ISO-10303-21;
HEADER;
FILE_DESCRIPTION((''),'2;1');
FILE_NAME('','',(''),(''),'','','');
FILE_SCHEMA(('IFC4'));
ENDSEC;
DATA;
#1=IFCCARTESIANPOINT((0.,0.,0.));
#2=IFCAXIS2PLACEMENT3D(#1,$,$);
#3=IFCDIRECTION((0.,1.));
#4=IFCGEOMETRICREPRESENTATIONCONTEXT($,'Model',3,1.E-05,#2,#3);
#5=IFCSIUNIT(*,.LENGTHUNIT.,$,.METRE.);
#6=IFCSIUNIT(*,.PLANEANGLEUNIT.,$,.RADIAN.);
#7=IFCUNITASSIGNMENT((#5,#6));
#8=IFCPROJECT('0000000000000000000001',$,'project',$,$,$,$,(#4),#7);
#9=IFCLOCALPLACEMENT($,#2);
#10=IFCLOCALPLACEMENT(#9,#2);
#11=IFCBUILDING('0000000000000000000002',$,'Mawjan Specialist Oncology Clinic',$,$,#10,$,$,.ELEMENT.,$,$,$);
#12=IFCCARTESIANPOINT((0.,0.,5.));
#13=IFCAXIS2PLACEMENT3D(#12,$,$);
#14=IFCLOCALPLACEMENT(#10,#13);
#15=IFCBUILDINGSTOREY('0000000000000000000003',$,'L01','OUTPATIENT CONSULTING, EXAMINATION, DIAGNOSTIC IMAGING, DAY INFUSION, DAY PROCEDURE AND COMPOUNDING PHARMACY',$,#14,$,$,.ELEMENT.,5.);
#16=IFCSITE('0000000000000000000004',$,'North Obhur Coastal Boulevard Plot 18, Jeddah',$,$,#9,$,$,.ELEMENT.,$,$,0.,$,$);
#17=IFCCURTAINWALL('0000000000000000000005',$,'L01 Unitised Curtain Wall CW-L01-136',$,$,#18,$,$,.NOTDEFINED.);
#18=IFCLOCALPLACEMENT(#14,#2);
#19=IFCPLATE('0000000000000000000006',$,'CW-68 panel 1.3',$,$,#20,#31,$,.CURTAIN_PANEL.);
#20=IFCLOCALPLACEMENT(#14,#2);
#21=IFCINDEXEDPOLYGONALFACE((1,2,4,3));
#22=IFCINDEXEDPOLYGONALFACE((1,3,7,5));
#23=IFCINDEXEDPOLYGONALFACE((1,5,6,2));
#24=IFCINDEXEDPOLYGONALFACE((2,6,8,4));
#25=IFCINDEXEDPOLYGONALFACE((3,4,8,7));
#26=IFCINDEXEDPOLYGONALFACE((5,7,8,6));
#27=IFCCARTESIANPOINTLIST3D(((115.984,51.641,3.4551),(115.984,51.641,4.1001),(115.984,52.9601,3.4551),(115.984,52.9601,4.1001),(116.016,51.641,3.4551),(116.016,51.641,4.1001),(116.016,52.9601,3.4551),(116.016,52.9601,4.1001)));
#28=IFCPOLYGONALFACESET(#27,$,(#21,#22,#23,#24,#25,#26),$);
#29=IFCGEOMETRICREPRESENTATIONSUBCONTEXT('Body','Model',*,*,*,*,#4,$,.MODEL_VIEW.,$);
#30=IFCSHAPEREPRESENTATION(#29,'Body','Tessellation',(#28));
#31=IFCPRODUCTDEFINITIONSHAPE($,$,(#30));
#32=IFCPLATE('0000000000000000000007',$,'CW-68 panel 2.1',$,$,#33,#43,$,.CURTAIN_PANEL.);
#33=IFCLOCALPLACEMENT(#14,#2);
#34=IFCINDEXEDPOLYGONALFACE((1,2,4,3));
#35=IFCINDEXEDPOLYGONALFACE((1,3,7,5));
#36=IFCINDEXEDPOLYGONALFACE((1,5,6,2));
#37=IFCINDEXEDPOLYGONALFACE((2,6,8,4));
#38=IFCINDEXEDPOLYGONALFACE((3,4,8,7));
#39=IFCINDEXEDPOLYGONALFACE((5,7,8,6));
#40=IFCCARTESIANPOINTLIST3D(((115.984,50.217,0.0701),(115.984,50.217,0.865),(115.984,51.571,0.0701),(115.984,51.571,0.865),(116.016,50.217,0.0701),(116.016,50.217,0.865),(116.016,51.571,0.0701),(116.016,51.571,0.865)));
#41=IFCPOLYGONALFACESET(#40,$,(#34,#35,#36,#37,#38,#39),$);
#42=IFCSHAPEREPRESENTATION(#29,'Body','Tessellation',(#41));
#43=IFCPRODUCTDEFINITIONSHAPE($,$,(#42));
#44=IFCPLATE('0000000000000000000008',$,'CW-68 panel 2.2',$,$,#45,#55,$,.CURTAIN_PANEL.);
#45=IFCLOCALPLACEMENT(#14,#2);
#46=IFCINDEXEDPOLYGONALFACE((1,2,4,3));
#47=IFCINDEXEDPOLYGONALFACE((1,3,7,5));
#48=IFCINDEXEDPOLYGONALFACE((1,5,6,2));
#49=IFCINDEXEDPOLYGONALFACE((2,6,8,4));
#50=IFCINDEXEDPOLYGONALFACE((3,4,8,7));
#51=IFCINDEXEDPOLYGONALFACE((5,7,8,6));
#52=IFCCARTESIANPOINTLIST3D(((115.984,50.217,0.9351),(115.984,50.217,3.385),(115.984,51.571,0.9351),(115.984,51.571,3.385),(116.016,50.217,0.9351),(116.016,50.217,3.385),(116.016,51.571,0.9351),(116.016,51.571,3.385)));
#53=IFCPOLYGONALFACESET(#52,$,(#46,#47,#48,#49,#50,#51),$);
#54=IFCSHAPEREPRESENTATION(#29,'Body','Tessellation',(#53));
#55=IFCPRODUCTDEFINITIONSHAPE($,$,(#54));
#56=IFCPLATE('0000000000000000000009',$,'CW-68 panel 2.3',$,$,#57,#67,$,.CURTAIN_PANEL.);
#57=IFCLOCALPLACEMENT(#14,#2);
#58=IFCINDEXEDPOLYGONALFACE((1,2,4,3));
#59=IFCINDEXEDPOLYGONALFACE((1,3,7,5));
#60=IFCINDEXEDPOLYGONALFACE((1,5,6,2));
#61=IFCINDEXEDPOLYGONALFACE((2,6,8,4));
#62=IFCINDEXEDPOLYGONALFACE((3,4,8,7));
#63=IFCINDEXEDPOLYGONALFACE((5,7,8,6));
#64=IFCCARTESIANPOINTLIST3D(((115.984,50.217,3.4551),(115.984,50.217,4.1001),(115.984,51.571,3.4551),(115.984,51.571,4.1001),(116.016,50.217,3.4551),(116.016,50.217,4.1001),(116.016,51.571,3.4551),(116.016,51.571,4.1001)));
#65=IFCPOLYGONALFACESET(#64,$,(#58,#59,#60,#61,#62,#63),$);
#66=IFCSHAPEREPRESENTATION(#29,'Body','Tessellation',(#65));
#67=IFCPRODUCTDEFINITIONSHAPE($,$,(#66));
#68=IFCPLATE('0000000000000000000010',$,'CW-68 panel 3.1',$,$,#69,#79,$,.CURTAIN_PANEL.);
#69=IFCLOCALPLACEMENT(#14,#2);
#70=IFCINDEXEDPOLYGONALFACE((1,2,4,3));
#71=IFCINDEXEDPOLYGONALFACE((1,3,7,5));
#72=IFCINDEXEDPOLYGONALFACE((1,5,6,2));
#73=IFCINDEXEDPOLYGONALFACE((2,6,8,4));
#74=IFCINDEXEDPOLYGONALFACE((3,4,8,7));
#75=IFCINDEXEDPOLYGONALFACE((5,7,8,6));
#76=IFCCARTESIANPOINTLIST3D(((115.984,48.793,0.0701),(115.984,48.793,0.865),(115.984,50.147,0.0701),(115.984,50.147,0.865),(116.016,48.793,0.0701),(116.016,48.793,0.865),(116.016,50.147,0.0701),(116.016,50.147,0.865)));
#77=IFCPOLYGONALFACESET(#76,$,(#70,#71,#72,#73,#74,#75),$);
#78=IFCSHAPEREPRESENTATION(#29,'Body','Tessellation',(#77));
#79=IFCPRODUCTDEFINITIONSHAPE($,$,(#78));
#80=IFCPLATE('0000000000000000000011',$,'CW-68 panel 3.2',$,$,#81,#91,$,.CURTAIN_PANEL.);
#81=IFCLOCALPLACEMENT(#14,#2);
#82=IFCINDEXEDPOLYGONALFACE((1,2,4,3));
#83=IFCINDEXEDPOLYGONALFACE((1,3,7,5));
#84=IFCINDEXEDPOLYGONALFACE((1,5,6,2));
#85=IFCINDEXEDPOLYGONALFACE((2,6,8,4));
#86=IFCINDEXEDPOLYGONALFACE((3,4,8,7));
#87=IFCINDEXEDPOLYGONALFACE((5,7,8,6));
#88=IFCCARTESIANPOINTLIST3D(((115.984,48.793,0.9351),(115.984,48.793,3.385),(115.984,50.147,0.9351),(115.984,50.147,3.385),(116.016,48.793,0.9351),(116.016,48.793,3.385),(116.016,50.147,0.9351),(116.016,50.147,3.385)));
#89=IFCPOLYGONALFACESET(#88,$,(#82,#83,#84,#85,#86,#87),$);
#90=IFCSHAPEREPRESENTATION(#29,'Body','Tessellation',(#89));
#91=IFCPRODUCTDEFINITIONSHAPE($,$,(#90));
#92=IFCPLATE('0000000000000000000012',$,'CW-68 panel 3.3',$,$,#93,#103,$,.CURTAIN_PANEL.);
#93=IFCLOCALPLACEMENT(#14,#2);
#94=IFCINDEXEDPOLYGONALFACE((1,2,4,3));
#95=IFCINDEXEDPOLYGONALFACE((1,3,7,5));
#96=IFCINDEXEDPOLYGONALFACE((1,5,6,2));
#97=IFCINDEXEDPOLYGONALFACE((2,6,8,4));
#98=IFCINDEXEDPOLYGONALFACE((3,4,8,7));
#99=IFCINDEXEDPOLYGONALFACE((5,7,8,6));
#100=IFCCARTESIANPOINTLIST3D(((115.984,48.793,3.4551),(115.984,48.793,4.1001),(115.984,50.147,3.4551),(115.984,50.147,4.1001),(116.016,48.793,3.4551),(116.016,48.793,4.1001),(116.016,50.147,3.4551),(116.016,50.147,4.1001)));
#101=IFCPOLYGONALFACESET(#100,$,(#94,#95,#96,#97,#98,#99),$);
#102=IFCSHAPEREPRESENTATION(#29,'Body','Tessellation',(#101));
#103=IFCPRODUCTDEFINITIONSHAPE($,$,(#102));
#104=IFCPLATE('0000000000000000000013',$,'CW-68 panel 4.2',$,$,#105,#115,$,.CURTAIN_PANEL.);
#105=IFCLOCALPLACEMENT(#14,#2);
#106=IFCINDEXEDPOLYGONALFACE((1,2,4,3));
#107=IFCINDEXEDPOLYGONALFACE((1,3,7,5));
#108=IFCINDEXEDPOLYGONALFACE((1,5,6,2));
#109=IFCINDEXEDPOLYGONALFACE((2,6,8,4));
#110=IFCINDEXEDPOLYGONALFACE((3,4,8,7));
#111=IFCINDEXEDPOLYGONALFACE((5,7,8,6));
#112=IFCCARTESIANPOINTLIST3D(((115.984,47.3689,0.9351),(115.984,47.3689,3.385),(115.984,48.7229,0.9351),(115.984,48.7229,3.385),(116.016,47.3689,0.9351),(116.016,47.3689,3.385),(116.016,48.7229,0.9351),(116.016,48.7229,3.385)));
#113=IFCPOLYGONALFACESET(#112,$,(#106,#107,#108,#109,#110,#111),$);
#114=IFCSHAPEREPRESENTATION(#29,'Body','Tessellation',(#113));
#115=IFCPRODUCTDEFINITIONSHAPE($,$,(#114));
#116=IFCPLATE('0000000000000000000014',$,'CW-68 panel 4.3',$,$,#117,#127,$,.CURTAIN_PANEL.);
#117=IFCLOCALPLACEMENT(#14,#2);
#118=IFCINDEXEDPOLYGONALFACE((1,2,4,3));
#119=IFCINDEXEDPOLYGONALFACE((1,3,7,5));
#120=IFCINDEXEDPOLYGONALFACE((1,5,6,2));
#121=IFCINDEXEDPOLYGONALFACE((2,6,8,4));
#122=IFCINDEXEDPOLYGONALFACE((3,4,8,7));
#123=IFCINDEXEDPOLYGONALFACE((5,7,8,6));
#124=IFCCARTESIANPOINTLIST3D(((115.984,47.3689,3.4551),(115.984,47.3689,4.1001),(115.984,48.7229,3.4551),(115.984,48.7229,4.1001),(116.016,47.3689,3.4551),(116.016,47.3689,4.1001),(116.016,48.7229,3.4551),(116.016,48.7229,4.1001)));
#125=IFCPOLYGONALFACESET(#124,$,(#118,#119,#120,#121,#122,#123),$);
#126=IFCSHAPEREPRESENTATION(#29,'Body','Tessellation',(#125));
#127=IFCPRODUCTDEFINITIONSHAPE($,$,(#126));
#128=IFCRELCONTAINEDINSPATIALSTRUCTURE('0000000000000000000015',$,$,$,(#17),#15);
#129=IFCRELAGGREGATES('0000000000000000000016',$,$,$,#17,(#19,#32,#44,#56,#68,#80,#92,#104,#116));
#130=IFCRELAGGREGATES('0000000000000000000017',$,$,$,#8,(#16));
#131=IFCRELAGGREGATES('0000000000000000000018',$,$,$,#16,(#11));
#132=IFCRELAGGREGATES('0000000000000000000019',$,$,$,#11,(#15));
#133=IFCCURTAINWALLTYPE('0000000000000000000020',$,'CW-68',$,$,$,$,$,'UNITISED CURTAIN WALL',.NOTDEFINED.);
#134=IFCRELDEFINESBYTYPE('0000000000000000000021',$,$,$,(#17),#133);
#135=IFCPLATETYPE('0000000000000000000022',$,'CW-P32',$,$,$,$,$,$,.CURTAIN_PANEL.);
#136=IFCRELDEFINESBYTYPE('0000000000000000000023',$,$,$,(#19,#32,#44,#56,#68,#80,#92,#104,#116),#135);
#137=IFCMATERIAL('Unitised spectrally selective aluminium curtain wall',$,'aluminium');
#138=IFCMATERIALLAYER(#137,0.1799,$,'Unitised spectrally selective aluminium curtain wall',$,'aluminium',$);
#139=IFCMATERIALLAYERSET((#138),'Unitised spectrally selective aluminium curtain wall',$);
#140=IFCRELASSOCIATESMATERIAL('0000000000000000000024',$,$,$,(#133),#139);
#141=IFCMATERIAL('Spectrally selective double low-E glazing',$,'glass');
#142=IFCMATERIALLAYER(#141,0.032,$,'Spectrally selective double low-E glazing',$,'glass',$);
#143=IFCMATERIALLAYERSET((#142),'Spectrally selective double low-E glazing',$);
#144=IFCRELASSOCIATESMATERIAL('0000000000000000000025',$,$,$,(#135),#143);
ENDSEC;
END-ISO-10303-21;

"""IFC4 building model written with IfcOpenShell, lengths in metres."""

from ifc_helpers import new_model, si_unit, direction, frame, origin, origin_2d, place, context, subcontext, project, spatial, rectangle, extrude, material, layer, layer_set, type_object, element, aggregate, save


model = new_model("IFC4")

# Units and contexts
model_context = context("Model", 3, precision=1e-05, world=origin(), true_north=direction((0.0, 1.0)))
body_context = subcontext(model_context, "Body", "Model", "MODEL_VIEW")
ifc_project = project(units=[si_unit("LENGTHUNIT", "METRE"), si_unit("PLANEANGLEUNIT", "RADIAN")], contexts=[model_context])

# Site, building, storey
site_placement = place(None, origin())
site = spatial("IfcSite", under=ifc_project, at=site_placement, Name="North Obhur Coastal Boulevard Plot 18, Jeddah", CompositionType="ELEMENT", RefElevation=0.0)
building_placement = place(site_placement, origin())
building = spatial("IfcBuilding", under=site, at=building_placement, Name="Mawjan Specialist Oncology Clinic", CompositionType="ELEMENT")
storey_placement = place(building_placement, frame((0.0, 0.0, 5.0)))
storey = spatial("IfcBuildingStorey", under=building, at=storey_placement, Name="L01", Description="OUTPATIENT CONSULTING, EXAMINATION, DIAGNOSTIC IMAGING, DAY INFUSION, DAY PROCEDURE AND COMPOUNDING PHARMACY", CompositionType="ELEMENT", Elevation=5.0)

# Curtain wall, plates
ifc_material_1 = material(Name="Unitised spectrally selective aluminium curtain wall", Category="aluminium")
ifc_layer_1 = layer(ifc_material_1, 0.1799, Name="Unitised spectrally selective aluminium curtain wall", Category="aluminium")
ifc_layer_set_1 = layer_set([ifc_layer_1], Name="Unitised spectrally selective aluminium curtain wall")
curtain_wall_type = type_object("IfcCurtainWallType", Name="CW-68", ElementType="UNITISED CURTAIN WALL", PredefinedType="NOTDEFINED", material=ifc_layer_set_1)
curtain_wall_placement = place(storey_placement, origin())
curtain_wall = element("IfcCurtainWall", 1, at=curtain_wall_placement, inside=storey, type_object=curtain_wall_type, Name="L01 Unitised Curtain Wall CW-L01-136", PredefinedType="NOTDEFINED")
ifc_material_2 = material(Name="Spectrally selective double low-E glazing", Category="glass")
ifc_layer_2 = layer(ifc_material_2, 0.032, Name="Spectrally selective double low-E glazing", Category="glass")
ifc_layer_set_2 = layer_set([ifc_layer_2], Name="Spectrally selective double low-E glazing")
plate_type = type_object("IfcPlateType", Name="CW-P32", PredefinedType="CURTAIN_PANEL", material=ifc_layer_set_2)
plate_1_placement = place(storey_placement, frame((116.0, 52.3005, 3.4551), z_axis=(0.0, 0.0, 1.0), x_axis=(0.0, -1.0, 0.0)))
plate_1 = element("IfcPlate", 2, at=plate_1_placement, type_object=plate_type, Name="CW-68 panel 1.3", PredefinedType="CURTAIN_PANEL", context=body_context, shape_type="SweptSolid", body=[
    extrude(rectangle(XDim=1.3191, YDim=0.032, at=origin_2d()), origin(), (0.0, 0.0, 1.0), 0.645),
])
plate_2_placement = place(storey_placement, frame((116.0, 50.894, 0.0701), z_axis=(0.0, 0.0, 1.0), x_axis=(0.0, -1.0, 0.0)))
plate_2 = element("IfcPlate", 3, at=plate_2_placement, type_object=plate_type, Name="CW-68 panel 2.1", PredefinedType="CURTAIN_PANEL", context=body_context, shape_type="SweptSolid", body=[
    extrude(rectangle(XDim=1.354, YDim=0.032, at=origin_2d()), origin(), (0.0, 0.0, 1.0), 0.7949),
])
plate_3_placement = place(storey_placement, frame((116.0, 50.894, 0.9351), z_axis=(0.0, 0.0, 1.0), x_axis=(0.0, -1.0, 0.0)))
plate_3 = element("IfcPlate", 4, at=plate_3_placement, type_object=plate_type, Name="CW-68 panel 2.2", PredefinedType="CURTAIN_PANEL", context=body_context, shape_type="SweptSolid", body=[
    extrude(rectangle(XDim=1.354, YDim=0.032, at=origin_2d()), origin(), (0.0, 0.0, 1.0), 2.45),
])
plate_4_placement = place(storey_placement, frame((116.0, 50.894, 3.4551), z_axis=(0.0, 0.0, 1.0), x_axis=(0.0, -1.0, 0.0)))
plate_4 = element("IfcPlate", 5, at=plate_4_placement, type_object=plate_type, Name="CW-68 panel 2.3", PredefinedType="CURTAIN_PANEL", context=body_context, shape_type="SweptSolid", body=[
    extrude(rectangle(XDim=1.354, YDim=0.032, at=origin_2d()), origin(), (0.0, 0.0, 1.0), 0.645),
])
plate_5_placement = place(storey_placement, frame((116.0, 49.47, 0.0701), z_axis=(0.0, 0.0, 1.0), x_axis=(0.0, -1.0, 0.0)))
plate_5 = element("IfcPlate", 6, at=plate_5_placement, type_object=plate_type, Name="CW-68 panel 3.1", PredefinedType="CURTAIN_PANEL", context=body_context, shape_type="SweptSolid", body=[
    extrude(rectangle(XDim=1.354, YDim=0.032, at=origin_2d()), origin(), (0.0, 0.0, 1.0), 0.7949),
])
plate_6_placement = place(storey_placement, frame((116.0, 49.47, 0.9351), z_axis=(0.0, 0.0, 1.0), x_axis=(0.0, -1.0, 0.0)))
plate_6 = element("IfcPlate", 7, at=plate_6_placement, type_object=plate_type, Name="CW-68 panel 3.2", PredefinedType="CURTAIN_PANEL", context=body_context, shape_type="SweptSolid", body=[
    extrude(rectangle(XDim=1.354, YDim=0.032, at=origin_2d()), origin(), (0.0, 0.0, 1.0), 2.45),
])
plate_7_placement = place(storey_placement, frame((116.0, 49.47, 3.4551), z_axis=(0.0, 0.0, 1.0), x_axis=(0.0, -1.0, 0.0)))
plate_7 = element("IfcPlate", 8, at=plate_7_placement, type_object=plate_type, Name="CW-68 panel 3.3", PredefinedType="CURTAIN_PANEL", context=body_context, shape_type="SweptSolid", body=[
    extrude(rectangle(XDim=1.354, YDim=0.032, at=origin_2d()), origin(), (0.0, 0.0, 1.0), 0.645),
])
plate_8_placement = place(storey_placement, frame((116.0, 48.0459, 0.9351), z_axis=(0.0, 0.0, 1.0), x_axis=(0.0, -1.0, 0.0)))
plate_8 = element("IfcPlate", 9, at=plate_8_placement, type_object=plate_type, Name="CW-68 panel 4.2", PredefinedType="CURTAIN_PANEL", context=body_context, shape_type="SweptSolid", body=[
    extrude(rectangle(XDim=1.354, YDim=0.032, at=origin_2d()), origin(), (0.0, 0.0, 1.0), 2.45),
])
plate_9_placement = place(storey_placement, frame((116.0, 48.0459, 3.4551), z_axis=(0.0, 0.0, 1.0), x_axis=(0.0, -1.0, 0.0)))
plate_9 = element("IfcPlate", 10, at=plate_9_placement, type_object=plate_type, Name="CW-68 panel 4.3", PredefinedType="CURTAIN_PANEL", context=body_context, shape_type="SweptSolid", body=[
    extrude(rectangle(XDim=1.354, YDim=0.032, at=origin_2d()), origin(), (0.0, 0.0, 1.0), 0.645),
])
aggregate(curtain_wall, [plate_1, plate_2, plate_3, plate_4, plate_5, plate_6, plate_7, plate_8, plate_9])

save(model, "model.ifc")
